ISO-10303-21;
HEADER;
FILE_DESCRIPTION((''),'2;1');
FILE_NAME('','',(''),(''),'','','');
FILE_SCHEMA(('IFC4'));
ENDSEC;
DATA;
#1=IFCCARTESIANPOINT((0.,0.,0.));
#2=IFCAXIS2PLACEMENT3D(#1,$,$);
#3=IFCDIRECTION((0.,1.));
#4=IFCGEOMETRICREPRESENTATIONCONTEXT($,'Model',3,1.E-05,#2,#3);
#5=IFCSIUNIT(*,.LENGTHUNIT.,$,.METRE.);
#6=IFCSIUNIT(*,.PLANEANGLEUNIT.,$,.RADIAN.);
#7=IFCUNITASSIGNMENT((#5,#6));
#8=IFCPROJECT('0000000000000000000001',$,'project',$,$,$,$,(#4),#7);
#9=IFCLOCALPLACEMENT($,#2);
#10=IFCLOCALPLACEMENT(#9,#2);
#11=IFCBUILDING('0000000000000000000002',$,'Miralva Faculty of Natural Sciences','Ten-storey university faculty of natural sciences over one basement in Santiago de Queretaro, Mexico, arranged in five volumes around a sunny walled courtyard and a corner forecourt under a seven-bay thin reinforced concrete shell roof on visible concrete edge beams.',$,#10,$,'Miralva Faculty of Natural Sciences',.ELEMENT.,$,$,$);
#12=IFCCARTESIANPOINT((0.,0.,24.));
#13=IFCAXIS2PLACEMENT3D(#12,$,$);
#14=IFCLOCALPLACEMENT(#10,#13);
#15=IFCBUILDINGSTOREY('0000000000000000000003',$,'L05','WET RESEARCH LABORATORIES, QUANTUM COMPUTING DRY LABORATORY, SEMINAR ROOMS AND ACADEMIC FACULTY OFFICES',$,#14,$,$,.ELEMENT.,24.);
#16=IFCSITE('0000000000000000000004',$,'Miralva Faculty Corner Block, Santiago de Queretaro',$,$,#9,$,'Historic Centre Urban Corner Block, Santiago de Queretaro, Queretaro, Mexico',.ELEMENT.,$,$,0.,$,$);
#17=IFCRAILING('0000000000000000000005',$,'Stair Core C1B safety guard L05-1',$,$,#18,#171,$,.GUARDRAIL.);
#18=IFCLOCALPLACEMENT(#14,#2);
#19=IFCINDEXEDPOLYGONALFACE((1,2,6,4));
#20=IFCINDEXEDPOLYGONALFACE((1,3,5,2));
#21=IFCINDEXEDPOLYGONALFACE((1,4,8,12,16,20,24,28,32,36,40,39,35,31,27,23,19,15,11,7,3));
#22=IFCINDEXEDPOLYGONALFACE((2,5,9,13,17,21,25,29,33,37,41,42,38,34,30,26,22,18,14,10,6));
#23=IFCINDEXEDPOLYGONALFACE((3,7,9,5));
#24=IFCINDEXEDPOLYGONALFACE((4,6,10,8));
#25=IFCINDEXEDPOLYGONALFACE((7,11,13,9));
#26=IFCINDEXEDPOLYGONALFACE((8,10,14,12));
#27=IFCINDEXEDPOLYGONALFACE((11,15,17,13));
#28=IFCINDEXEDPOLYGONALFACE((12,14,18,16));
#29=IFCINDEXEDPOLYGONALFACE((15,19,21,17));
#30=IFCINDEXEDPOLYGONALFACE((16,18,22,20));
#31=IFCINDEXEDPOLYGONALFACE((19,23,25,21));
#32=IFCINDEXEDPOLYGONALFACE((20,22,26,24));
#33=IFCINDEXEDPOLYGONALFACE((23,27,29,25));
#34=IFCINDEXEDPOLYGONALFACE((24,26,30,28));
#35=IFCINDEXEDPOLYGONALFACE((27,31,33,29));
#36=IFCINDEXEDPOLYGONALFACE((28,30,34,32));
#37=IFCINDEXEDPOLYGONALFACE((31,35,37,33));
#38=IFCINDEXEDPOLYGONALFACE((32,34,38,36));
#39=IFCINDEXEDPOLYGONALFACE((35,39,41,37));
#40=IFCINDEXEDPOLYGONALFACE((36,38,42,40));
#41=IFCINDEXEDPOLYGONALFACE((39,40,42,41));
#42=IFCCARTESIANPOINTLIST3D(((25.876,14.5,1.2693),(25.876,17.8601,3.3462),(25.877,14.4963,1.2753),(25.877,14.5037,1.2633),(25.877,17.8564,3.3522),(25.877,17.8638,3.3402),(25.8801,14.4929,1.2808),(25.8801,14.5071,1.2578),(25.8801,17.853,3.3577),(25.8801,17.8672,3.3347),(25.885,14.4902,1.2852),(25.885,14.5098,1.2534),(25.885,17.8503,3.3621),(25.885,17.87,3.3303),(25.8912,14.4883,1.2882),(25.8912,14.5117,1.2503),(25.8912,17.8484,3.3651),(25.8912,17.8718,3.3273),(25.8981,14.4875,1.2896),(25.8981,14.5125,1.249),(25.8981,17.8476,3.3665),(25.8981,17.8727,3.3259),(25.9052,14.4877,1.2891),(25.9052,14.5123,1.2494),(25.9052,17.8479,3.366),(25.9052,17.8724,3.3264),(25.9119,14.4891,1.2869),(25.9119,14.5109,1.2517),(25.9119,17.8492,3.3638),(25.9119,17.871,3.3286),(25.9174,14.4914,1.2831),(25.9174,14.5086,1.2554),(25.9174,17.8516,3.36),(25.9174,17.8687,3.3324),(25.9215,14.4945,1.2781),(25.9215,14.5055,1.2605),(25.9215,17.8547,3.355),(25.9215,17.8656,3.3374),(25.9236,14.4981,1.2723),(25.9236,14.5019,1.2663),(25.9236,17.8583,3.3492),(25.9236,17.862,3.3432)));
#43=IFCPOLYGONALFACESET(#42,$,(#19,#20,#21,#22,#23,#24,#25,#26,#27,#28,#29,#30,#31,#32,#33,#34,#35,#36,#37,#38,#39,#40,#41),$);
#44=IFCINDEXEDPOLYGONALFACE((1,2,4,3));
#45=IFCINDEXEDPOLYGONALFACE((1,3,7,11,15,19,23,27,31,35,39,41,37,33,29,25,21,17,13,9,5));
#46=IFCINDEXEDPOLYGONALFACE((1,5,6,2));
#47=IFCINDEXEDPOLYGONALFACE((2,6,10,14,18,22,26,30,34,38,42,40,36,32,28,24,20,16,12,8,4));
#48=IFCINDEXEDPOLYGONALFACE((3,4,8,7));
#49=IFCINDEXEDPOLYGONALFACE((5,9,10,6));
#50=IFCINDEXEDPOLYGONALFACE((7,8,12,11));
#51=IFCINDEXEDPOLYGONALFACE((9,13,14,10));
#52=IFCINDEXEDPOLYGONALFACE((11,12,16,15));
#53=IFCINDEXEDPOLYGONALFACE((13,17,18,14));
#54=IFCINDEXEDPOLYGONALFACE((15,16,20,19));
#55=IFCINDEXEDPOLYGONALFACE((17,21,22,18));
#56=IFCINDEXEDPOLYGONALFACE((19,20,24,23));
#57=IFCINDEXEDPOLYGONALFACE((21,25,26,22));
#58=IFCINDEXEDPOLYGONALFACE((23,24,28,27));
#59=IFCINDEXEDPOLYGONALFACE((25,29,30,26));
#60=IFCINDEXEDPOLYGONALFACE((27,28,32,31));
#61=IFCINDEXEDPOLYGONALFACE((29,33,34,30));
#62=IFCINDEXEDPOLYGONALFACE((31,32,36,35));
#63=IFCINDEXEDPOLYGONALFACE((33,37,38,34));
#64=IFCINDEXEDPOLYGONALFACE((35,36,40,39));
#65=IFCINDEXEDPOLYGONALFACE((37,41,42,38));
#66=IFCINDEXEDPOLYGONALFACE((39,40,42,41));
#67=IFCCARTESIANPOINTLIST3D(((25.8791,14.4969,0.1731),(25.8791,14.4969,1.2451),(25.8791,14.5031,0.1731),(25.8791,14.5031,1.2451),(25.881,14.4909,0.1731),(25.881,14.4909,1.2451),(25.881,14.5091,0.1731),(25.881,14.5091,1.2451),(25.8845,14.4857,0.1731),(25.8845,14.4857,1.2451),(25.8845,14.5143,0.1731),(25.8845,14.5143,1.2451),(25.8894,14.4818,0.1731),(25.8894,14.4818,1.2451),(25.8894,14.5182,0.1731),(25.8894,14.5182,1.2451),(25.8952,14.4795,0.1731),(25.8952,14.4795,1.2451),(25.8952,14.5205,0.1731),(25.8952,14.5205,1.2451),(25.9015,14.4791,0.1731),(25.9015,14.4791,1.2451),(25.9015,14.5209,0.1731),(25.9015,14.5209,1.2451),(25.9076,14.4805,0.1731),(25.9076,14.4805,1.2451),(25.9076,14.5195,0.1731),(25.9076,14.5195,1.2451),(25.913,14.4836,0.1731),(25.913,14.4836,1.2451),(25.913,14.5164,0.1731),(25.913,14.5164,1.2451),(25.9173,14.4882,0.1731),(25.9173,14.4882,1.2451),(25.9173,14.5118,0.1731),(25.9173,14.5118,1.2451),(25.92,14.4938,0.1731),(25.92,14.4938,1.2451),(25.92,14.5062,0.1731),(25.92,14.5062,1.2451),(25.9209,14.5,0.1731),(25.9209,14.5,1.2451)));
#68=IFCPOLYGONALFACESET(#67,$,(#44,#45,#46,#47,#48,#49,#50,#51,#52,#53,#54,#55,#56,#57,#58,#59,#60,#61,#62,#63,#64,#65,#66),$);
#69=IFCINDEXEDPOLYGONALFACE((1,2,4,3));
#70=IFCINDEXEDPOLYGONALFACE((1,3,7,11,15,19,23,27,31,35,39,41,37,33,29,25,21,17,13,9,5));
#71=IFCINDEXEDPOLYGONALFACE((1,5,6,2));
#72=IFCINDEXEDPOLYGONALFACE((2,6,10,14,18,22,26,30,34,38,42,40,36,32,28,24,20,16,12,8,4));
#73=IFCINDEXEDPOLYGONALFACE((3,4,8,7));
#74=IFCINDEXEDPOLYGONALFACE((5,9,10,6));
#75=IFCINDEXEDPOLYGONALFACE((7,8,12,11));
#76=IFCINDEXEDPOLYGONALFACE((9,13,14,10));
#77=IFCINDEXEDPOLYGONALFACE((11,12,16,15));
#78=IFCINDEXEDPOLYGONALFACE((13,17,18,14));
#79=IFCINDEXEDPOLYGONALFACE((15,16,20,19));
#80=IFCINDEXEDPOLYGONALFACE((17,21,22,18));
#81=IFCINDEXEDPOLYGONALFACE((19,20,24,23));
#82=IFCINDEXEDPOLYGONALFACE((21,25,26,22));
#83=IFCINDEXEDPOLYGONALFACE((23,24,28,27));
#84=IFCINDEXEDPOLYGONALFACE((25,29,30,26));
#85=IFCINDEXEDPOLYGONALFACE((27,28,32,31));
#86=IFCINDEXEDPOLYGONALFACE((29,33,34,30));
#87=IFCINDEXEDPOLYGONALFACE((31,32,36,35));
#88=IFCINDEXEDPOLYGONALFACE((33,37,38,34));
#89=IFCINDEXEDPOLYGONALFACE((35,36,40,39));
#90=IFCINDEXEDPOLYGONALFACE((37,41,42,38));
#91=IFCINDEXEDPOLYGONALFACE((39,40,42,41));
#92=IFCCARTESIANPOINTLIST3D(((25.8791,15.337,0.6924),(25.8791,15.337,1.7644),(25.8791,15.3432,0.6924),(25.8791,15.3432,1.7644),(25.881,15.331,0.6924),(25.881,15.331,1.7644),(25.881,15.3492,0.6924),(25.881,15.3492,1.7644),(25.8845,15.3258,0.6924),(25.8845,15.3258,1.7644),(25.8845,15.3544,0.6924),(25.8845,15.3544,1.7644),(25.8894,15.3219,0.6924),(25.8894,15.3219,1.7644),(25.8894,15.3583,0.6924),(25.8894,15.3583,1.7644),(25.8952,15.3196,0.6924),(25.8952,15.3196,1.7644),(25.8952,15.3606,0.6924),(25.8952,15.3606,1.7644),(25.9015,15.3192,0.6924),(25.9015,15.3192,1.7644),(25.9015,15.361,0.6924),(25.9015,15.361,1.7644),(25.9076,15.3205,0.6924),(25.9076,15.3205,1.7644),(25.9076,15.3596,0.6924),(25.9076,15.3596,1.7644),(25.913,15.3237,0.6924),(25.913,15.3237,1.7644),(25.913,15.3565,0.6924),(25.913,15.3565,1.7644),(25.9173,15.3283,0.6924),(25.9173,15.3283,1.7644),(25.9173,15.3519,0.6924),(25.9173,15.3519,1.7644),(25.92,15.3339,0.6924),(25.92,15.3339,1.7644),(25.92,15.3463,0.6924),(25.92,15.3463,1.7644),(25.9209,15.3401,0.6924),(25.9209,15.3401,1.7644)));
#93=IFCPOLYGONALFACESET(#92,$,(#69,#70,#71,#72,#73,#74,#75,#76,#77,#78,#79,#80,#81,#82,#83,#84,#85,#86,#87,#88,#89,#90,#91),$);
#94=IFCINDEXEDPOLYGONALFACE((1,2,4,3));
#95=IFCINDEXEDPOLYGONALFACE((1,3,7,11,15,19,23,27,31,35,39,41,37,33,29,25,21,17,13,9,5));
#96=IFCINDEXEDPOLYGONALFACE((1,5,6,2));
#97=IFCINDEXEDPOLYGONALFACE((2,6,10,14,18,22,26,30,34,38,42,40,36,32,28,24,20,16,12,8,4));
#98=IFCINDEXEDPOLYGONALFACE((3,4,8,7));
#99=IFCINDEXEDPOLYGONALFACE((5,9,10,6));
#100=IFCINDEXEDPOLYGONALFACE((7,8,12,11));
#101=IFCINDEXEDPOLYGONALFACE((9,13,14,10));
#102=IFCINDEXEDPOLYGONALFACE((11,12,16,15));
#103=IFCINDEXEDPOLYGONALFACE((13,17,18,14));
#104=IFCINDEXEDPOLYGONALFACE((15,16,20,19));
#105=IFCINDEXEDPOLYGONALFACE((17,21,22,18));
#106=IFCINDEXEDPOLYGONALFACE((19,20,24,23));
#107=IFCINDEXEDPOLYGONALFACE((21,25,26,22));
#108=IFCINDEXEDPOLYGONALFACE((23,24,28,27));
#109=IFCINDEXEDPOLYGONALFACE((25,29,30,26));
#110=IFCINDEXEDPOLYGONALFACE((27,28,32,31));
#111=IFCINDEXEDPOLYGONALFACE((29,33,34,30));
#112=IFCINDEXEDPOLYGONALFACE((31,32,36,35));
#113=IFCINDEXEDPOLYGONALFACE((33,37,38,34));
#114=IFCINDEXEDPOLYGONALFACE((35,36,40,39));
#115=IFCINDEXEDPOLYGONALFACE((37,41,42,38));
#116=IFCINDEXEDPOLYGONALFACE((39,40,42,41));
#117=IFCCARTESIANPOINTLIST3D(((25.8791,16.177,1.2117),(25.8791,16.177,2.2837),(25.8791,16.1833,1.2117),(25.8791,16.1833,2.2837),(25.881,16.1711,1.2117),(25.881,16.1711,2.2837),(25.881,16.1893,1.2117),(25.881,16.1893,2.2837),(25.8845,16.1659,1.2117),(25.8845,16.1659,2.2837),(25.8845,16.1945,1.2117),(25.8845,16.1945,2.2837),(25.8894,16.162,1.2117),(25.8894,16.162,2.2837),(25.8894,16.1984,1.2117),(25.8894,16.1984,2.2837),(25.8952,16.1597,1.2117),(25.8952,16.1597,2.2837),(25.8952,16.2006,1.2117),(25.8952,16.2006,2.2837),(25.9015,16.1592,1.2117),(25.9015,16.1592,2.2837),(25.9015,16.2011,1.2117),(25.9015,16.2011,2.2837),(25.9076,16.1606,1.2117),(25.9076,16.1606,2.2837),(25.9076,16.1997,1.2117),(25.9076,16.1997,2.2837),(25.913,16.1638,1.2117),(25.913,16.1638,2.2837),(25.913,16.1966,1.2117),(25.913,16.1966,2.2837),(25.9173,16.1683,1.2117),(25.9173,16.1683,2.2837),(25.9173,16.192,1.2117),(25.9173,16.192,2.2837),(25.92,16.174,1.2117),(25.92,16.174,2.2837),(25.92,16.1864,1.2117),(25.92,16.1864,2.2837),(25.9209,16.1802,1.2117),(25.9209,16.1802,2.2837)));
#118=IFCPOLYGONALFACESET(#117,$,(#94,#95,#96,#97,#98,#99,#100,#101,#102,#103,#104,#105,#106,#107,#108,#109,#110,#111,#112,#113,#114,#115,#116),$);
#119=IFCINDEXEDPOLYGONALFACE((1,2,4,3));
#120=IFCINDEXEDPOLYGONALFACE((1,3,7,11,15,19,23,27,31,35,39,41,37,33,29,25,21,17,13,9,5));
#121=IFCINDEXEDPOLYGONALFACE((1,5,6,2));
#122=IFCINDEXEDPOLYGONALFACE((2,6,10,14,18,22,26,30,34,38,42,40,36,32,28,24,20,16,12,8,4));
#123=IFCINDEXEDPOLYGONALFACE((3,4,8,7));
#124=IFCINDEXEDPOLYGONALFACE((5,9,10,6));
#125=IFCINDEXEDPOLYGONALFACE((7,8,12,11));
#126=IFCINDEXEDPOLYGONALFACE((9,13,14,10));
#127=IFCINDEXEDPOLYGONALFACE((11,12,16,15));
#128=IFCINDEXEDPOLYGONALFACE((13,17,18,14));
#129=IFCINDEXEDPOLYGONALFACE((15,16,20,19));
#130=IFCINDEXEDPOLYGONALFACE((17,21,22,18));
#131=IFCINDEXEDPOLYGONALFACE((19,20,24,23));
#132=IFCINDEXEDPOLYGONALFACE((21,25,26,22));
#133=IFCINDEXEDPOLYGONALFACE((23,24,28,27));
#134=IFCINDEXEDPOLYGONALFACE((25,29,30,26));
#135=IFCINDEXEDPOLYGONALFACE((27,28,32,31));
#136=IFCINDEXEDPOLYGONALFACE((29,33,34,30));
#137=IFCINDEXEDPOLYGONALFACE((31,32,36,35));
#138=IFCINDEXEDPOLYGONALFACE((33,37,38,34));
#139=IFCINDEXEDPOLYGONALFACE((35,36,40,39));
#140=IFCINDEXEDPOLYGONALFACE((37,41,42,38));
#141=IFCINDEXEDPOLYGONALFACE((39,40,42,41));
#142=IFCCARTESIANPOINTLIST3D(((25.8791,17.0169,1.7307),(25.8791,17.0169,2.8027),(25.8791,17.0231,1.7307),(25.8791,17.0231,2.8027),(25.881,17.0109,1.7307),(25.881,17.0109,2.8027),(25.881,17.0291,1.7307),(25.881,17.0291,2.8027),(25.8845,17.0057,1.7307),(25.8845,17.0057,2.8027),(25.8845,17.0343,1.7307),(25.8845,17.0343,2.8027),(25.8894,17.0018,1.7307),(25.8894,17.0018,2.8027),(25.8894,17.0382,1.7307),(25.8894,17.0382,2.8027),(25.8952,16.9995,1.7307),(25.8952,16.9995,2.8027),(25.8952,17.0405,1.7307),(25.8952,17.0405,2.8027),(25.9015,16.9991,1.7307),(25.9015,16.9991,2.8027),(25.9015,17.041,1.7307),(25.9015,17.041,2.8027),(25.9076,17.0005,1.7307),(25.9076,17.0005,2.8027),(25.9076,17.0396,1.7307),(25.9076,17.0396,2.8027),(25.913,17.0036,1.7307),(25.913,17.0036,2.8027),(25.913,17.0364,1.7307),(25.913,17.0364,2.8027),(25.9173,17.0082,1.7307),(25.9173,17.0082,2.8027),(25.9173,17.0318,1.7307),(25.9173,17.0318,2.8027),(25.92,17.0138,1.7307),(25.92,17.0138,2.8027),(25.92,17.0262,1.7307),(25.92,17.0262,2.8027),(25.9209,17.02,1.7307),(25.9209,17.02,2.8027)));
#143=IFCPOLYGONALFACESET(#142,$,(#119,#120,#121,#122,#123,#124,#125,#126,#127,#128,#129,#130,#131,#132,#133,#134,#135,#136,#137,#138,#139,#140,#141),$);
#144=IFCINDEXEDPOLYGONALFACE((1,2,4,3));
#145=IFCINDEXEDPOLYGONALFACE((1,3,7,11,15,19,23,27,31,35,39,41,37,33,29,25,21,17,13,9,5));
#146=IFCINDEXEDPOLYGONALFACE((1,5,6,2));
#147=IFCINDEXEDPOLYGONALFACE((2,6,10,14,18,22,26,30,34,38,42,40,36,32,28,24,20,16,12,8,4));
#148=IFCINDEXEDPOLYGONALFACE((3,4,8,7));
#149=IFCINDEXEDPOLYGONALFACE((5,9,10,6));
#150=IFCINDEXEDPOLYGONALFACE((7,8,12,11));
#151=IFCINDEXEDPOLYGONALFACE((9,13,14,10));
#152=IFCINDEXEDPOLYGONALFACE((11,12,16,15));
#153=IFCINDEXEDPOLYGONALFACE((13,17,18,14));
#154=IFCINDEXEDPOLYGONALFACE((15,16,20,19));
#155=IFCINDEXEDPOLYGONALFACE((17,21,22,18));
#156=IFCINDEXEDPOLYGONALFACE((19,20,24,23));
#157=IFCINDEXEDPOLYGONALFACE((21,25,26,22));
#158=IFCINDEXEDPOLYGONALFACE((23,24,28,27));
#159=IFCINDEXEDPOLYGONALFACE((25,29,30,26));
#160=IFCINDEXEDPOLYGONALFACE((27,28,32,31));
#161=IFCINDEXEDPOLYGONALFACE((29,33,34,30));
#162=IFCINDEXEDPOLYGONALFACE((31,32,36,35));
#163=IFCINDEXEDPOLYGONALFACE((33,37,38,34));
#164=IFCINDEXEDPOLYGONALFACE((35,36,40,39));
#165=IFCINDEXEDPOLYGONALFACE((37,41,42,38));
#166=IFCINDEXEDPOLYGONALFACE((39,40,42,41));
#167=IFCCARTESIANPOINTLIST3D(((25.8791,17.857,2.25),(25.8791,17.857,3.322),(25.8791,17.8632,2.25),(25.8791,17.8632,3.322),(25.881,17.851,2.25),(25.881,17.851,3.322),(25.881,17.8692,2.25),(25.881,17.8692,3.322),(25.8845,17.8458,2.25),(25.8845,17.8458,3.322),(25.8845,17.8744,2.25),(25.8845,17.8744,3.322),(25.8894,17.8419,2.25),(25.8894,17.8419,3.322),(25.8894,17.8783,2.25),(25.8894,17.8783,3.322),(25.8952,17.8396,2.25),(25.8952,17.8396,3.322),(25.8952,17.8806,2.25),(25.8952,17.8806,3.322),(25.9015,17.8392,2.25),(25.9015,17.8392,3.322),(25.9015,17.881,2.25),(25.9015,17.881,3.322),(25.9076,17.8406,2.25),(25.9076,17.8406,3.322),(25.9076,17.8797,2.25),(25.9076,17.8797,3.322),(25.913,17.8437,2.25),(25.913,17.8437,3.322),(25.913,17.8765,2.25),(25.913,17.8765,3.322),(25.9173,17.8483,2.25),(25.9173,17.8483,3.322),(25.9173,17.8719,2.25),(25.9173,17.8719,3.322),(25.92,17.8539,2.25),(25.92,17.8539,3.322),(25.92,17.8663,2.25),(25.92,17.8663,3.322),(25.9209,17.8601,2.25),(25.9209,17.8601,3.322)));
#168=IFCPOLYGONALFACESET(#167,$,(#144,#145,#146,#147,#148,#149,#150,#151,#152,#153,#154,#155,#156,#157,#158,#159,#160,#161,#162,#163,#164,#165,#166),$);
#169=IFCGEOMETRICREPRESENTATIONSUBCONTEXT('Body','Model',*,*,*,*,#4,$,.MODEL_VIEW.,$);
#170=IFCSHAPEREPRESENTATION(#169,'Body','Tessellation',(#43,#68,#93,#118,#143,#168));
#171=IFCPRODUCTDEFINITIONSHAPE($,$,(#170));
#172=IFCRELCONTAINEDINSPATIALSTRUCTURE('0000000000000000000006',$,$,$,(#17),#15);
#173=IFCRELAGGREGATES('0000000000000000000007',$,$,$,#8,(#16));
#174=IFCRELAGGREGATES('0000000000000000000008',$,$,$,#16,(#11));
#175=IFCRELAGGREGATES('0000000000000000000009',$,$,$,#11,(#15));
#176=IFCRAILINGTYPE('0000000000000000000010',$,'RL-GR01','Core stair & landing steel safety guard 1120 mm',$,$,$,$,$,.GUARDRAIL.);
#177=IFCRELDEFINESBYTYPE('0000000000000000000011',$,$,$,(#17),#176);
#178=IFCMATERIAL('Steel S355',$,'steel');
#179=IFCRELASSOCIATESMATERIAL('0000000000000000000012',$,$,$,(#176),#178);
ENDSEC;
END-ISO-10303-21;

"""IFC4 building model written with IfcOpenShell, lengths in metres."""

from ifc_helpers import new_model, si_unit, direction, frame, origin, origin_2d, place, context, subcontext, project, spatial, circle, extrude, material, type_object, element, save


model = new_model("IFC4")

# Units and contexts
model_context = context("Model", 3, precision=1e-05, world=origin(), true_north=direction((0.0, 1.0)))
body_context = subcontext(model_context, "Body", "Model", "MODEL_VIEW")
ifc_project = project(units=[si_unit("LENGTHUNIT", "METRE"), si_unit("PLANEANGLEUNIT", "RADIAN")], contexts=[model_context])

# Site, building, storey
site_placement = place(None, origin())
site = spatial("IfcSite", under=ifc_project, at=site_placement, Name="Miralva Faculty Corner Block, Santiago de Queretaro", LongName="Historic Centre Urban Corner Block, Santiago de Queretaro, Queretaro, Mexico", CompositionType="ELEMENT", RefElevation=0.0)
building_placement = place(site_placement, origin())
building = spatial("IfcBuilding", under=site, at=building_placement, Name="Miralva Faculty of Natural Sciences", Description="Ten-storey university faculty of natural sciences over one basement in Santiago de Queretaro, Mexico, arranged in five volumes around a sunny walled courtyard and a corner forecourt under a seven-bay thin reinforced concrete shell roof on visible concrete edge beams.", LongName="Miralva Faculty of Natural Sciences", CompositionType="ELEMENT")
storey_placement = place(building_placement, frame((0.0, 0.0, 24.0)))
storey = spatial("IfcBuildingStorey", under=building, at=storey_placement, Name="L05", Description="WET RESEARCH LABORATORIES, QUANTUM COMPUTING DRY LABORATORY, SEMINAR ROOMS AND ACADEMIC FACULTY OFFICES", CompositionType="ELEMENT", Elevation=24.0)

# Railing
ifc_material_1 = material(Name="Steel S355", Category="steel")
railing_type_1 = type_object("IfcRailingType", Name="RL-GR01", Description="Core stair & landing steel safety guard 1120 mm", PredefinedType="GUARDRAIL", material=ifc_material_1)
railing_1_placement = place(storey_placement, frame((25.8999, 14.5, 0.1731)))
element("IfcRailing", 1, at=railing_1_placement, inside=storey, type_object=railing_type_1, Name="Stair Core C1B safety guard L05-1", PredefinedType="GUARDRAIL", context=body_context, shape_type="SweptSolid", body=[
    extrude(circle(Radius=0.0239, at=origin_2d()), frame((0.0, 0.0, 1.0962), z_axis=(0.0, 0.850623, 0.525776), x_axis=(-1.0, 0.0, 0.0)), (0.0, 0.0, 1.0), 3.9502),
    extrude(circle(Radius=0.021, at=origin_2d()), origin(), (0.0, 0.0, 1.0), 1.072),
    extrude(circle(Radius=0.021, at=origin_2d()), frame((0.0, 0.8401, 0.5193)), (0.0, 0.0, 1.0), 1.072),
    extrude(circle(Radius=0.021, at=origin_2d()), frame((0.0, 1.6802, 1.0386)), (0.0, 0.0, 1.0), 1.072),
    extrude(circle(Radius=0.021, at=origin_2d()), frame((0.0, 2.52, 1.5576)), (0.0, 0.0, 1.0), 1.072),
    extrude(circle(Radius=0.021, at=origin_2d()), frame((0.0, 3.3601, 2.0769)), (0.0, 0.0, 1.0), 1.072),
])

save(model, "model.ifc")
